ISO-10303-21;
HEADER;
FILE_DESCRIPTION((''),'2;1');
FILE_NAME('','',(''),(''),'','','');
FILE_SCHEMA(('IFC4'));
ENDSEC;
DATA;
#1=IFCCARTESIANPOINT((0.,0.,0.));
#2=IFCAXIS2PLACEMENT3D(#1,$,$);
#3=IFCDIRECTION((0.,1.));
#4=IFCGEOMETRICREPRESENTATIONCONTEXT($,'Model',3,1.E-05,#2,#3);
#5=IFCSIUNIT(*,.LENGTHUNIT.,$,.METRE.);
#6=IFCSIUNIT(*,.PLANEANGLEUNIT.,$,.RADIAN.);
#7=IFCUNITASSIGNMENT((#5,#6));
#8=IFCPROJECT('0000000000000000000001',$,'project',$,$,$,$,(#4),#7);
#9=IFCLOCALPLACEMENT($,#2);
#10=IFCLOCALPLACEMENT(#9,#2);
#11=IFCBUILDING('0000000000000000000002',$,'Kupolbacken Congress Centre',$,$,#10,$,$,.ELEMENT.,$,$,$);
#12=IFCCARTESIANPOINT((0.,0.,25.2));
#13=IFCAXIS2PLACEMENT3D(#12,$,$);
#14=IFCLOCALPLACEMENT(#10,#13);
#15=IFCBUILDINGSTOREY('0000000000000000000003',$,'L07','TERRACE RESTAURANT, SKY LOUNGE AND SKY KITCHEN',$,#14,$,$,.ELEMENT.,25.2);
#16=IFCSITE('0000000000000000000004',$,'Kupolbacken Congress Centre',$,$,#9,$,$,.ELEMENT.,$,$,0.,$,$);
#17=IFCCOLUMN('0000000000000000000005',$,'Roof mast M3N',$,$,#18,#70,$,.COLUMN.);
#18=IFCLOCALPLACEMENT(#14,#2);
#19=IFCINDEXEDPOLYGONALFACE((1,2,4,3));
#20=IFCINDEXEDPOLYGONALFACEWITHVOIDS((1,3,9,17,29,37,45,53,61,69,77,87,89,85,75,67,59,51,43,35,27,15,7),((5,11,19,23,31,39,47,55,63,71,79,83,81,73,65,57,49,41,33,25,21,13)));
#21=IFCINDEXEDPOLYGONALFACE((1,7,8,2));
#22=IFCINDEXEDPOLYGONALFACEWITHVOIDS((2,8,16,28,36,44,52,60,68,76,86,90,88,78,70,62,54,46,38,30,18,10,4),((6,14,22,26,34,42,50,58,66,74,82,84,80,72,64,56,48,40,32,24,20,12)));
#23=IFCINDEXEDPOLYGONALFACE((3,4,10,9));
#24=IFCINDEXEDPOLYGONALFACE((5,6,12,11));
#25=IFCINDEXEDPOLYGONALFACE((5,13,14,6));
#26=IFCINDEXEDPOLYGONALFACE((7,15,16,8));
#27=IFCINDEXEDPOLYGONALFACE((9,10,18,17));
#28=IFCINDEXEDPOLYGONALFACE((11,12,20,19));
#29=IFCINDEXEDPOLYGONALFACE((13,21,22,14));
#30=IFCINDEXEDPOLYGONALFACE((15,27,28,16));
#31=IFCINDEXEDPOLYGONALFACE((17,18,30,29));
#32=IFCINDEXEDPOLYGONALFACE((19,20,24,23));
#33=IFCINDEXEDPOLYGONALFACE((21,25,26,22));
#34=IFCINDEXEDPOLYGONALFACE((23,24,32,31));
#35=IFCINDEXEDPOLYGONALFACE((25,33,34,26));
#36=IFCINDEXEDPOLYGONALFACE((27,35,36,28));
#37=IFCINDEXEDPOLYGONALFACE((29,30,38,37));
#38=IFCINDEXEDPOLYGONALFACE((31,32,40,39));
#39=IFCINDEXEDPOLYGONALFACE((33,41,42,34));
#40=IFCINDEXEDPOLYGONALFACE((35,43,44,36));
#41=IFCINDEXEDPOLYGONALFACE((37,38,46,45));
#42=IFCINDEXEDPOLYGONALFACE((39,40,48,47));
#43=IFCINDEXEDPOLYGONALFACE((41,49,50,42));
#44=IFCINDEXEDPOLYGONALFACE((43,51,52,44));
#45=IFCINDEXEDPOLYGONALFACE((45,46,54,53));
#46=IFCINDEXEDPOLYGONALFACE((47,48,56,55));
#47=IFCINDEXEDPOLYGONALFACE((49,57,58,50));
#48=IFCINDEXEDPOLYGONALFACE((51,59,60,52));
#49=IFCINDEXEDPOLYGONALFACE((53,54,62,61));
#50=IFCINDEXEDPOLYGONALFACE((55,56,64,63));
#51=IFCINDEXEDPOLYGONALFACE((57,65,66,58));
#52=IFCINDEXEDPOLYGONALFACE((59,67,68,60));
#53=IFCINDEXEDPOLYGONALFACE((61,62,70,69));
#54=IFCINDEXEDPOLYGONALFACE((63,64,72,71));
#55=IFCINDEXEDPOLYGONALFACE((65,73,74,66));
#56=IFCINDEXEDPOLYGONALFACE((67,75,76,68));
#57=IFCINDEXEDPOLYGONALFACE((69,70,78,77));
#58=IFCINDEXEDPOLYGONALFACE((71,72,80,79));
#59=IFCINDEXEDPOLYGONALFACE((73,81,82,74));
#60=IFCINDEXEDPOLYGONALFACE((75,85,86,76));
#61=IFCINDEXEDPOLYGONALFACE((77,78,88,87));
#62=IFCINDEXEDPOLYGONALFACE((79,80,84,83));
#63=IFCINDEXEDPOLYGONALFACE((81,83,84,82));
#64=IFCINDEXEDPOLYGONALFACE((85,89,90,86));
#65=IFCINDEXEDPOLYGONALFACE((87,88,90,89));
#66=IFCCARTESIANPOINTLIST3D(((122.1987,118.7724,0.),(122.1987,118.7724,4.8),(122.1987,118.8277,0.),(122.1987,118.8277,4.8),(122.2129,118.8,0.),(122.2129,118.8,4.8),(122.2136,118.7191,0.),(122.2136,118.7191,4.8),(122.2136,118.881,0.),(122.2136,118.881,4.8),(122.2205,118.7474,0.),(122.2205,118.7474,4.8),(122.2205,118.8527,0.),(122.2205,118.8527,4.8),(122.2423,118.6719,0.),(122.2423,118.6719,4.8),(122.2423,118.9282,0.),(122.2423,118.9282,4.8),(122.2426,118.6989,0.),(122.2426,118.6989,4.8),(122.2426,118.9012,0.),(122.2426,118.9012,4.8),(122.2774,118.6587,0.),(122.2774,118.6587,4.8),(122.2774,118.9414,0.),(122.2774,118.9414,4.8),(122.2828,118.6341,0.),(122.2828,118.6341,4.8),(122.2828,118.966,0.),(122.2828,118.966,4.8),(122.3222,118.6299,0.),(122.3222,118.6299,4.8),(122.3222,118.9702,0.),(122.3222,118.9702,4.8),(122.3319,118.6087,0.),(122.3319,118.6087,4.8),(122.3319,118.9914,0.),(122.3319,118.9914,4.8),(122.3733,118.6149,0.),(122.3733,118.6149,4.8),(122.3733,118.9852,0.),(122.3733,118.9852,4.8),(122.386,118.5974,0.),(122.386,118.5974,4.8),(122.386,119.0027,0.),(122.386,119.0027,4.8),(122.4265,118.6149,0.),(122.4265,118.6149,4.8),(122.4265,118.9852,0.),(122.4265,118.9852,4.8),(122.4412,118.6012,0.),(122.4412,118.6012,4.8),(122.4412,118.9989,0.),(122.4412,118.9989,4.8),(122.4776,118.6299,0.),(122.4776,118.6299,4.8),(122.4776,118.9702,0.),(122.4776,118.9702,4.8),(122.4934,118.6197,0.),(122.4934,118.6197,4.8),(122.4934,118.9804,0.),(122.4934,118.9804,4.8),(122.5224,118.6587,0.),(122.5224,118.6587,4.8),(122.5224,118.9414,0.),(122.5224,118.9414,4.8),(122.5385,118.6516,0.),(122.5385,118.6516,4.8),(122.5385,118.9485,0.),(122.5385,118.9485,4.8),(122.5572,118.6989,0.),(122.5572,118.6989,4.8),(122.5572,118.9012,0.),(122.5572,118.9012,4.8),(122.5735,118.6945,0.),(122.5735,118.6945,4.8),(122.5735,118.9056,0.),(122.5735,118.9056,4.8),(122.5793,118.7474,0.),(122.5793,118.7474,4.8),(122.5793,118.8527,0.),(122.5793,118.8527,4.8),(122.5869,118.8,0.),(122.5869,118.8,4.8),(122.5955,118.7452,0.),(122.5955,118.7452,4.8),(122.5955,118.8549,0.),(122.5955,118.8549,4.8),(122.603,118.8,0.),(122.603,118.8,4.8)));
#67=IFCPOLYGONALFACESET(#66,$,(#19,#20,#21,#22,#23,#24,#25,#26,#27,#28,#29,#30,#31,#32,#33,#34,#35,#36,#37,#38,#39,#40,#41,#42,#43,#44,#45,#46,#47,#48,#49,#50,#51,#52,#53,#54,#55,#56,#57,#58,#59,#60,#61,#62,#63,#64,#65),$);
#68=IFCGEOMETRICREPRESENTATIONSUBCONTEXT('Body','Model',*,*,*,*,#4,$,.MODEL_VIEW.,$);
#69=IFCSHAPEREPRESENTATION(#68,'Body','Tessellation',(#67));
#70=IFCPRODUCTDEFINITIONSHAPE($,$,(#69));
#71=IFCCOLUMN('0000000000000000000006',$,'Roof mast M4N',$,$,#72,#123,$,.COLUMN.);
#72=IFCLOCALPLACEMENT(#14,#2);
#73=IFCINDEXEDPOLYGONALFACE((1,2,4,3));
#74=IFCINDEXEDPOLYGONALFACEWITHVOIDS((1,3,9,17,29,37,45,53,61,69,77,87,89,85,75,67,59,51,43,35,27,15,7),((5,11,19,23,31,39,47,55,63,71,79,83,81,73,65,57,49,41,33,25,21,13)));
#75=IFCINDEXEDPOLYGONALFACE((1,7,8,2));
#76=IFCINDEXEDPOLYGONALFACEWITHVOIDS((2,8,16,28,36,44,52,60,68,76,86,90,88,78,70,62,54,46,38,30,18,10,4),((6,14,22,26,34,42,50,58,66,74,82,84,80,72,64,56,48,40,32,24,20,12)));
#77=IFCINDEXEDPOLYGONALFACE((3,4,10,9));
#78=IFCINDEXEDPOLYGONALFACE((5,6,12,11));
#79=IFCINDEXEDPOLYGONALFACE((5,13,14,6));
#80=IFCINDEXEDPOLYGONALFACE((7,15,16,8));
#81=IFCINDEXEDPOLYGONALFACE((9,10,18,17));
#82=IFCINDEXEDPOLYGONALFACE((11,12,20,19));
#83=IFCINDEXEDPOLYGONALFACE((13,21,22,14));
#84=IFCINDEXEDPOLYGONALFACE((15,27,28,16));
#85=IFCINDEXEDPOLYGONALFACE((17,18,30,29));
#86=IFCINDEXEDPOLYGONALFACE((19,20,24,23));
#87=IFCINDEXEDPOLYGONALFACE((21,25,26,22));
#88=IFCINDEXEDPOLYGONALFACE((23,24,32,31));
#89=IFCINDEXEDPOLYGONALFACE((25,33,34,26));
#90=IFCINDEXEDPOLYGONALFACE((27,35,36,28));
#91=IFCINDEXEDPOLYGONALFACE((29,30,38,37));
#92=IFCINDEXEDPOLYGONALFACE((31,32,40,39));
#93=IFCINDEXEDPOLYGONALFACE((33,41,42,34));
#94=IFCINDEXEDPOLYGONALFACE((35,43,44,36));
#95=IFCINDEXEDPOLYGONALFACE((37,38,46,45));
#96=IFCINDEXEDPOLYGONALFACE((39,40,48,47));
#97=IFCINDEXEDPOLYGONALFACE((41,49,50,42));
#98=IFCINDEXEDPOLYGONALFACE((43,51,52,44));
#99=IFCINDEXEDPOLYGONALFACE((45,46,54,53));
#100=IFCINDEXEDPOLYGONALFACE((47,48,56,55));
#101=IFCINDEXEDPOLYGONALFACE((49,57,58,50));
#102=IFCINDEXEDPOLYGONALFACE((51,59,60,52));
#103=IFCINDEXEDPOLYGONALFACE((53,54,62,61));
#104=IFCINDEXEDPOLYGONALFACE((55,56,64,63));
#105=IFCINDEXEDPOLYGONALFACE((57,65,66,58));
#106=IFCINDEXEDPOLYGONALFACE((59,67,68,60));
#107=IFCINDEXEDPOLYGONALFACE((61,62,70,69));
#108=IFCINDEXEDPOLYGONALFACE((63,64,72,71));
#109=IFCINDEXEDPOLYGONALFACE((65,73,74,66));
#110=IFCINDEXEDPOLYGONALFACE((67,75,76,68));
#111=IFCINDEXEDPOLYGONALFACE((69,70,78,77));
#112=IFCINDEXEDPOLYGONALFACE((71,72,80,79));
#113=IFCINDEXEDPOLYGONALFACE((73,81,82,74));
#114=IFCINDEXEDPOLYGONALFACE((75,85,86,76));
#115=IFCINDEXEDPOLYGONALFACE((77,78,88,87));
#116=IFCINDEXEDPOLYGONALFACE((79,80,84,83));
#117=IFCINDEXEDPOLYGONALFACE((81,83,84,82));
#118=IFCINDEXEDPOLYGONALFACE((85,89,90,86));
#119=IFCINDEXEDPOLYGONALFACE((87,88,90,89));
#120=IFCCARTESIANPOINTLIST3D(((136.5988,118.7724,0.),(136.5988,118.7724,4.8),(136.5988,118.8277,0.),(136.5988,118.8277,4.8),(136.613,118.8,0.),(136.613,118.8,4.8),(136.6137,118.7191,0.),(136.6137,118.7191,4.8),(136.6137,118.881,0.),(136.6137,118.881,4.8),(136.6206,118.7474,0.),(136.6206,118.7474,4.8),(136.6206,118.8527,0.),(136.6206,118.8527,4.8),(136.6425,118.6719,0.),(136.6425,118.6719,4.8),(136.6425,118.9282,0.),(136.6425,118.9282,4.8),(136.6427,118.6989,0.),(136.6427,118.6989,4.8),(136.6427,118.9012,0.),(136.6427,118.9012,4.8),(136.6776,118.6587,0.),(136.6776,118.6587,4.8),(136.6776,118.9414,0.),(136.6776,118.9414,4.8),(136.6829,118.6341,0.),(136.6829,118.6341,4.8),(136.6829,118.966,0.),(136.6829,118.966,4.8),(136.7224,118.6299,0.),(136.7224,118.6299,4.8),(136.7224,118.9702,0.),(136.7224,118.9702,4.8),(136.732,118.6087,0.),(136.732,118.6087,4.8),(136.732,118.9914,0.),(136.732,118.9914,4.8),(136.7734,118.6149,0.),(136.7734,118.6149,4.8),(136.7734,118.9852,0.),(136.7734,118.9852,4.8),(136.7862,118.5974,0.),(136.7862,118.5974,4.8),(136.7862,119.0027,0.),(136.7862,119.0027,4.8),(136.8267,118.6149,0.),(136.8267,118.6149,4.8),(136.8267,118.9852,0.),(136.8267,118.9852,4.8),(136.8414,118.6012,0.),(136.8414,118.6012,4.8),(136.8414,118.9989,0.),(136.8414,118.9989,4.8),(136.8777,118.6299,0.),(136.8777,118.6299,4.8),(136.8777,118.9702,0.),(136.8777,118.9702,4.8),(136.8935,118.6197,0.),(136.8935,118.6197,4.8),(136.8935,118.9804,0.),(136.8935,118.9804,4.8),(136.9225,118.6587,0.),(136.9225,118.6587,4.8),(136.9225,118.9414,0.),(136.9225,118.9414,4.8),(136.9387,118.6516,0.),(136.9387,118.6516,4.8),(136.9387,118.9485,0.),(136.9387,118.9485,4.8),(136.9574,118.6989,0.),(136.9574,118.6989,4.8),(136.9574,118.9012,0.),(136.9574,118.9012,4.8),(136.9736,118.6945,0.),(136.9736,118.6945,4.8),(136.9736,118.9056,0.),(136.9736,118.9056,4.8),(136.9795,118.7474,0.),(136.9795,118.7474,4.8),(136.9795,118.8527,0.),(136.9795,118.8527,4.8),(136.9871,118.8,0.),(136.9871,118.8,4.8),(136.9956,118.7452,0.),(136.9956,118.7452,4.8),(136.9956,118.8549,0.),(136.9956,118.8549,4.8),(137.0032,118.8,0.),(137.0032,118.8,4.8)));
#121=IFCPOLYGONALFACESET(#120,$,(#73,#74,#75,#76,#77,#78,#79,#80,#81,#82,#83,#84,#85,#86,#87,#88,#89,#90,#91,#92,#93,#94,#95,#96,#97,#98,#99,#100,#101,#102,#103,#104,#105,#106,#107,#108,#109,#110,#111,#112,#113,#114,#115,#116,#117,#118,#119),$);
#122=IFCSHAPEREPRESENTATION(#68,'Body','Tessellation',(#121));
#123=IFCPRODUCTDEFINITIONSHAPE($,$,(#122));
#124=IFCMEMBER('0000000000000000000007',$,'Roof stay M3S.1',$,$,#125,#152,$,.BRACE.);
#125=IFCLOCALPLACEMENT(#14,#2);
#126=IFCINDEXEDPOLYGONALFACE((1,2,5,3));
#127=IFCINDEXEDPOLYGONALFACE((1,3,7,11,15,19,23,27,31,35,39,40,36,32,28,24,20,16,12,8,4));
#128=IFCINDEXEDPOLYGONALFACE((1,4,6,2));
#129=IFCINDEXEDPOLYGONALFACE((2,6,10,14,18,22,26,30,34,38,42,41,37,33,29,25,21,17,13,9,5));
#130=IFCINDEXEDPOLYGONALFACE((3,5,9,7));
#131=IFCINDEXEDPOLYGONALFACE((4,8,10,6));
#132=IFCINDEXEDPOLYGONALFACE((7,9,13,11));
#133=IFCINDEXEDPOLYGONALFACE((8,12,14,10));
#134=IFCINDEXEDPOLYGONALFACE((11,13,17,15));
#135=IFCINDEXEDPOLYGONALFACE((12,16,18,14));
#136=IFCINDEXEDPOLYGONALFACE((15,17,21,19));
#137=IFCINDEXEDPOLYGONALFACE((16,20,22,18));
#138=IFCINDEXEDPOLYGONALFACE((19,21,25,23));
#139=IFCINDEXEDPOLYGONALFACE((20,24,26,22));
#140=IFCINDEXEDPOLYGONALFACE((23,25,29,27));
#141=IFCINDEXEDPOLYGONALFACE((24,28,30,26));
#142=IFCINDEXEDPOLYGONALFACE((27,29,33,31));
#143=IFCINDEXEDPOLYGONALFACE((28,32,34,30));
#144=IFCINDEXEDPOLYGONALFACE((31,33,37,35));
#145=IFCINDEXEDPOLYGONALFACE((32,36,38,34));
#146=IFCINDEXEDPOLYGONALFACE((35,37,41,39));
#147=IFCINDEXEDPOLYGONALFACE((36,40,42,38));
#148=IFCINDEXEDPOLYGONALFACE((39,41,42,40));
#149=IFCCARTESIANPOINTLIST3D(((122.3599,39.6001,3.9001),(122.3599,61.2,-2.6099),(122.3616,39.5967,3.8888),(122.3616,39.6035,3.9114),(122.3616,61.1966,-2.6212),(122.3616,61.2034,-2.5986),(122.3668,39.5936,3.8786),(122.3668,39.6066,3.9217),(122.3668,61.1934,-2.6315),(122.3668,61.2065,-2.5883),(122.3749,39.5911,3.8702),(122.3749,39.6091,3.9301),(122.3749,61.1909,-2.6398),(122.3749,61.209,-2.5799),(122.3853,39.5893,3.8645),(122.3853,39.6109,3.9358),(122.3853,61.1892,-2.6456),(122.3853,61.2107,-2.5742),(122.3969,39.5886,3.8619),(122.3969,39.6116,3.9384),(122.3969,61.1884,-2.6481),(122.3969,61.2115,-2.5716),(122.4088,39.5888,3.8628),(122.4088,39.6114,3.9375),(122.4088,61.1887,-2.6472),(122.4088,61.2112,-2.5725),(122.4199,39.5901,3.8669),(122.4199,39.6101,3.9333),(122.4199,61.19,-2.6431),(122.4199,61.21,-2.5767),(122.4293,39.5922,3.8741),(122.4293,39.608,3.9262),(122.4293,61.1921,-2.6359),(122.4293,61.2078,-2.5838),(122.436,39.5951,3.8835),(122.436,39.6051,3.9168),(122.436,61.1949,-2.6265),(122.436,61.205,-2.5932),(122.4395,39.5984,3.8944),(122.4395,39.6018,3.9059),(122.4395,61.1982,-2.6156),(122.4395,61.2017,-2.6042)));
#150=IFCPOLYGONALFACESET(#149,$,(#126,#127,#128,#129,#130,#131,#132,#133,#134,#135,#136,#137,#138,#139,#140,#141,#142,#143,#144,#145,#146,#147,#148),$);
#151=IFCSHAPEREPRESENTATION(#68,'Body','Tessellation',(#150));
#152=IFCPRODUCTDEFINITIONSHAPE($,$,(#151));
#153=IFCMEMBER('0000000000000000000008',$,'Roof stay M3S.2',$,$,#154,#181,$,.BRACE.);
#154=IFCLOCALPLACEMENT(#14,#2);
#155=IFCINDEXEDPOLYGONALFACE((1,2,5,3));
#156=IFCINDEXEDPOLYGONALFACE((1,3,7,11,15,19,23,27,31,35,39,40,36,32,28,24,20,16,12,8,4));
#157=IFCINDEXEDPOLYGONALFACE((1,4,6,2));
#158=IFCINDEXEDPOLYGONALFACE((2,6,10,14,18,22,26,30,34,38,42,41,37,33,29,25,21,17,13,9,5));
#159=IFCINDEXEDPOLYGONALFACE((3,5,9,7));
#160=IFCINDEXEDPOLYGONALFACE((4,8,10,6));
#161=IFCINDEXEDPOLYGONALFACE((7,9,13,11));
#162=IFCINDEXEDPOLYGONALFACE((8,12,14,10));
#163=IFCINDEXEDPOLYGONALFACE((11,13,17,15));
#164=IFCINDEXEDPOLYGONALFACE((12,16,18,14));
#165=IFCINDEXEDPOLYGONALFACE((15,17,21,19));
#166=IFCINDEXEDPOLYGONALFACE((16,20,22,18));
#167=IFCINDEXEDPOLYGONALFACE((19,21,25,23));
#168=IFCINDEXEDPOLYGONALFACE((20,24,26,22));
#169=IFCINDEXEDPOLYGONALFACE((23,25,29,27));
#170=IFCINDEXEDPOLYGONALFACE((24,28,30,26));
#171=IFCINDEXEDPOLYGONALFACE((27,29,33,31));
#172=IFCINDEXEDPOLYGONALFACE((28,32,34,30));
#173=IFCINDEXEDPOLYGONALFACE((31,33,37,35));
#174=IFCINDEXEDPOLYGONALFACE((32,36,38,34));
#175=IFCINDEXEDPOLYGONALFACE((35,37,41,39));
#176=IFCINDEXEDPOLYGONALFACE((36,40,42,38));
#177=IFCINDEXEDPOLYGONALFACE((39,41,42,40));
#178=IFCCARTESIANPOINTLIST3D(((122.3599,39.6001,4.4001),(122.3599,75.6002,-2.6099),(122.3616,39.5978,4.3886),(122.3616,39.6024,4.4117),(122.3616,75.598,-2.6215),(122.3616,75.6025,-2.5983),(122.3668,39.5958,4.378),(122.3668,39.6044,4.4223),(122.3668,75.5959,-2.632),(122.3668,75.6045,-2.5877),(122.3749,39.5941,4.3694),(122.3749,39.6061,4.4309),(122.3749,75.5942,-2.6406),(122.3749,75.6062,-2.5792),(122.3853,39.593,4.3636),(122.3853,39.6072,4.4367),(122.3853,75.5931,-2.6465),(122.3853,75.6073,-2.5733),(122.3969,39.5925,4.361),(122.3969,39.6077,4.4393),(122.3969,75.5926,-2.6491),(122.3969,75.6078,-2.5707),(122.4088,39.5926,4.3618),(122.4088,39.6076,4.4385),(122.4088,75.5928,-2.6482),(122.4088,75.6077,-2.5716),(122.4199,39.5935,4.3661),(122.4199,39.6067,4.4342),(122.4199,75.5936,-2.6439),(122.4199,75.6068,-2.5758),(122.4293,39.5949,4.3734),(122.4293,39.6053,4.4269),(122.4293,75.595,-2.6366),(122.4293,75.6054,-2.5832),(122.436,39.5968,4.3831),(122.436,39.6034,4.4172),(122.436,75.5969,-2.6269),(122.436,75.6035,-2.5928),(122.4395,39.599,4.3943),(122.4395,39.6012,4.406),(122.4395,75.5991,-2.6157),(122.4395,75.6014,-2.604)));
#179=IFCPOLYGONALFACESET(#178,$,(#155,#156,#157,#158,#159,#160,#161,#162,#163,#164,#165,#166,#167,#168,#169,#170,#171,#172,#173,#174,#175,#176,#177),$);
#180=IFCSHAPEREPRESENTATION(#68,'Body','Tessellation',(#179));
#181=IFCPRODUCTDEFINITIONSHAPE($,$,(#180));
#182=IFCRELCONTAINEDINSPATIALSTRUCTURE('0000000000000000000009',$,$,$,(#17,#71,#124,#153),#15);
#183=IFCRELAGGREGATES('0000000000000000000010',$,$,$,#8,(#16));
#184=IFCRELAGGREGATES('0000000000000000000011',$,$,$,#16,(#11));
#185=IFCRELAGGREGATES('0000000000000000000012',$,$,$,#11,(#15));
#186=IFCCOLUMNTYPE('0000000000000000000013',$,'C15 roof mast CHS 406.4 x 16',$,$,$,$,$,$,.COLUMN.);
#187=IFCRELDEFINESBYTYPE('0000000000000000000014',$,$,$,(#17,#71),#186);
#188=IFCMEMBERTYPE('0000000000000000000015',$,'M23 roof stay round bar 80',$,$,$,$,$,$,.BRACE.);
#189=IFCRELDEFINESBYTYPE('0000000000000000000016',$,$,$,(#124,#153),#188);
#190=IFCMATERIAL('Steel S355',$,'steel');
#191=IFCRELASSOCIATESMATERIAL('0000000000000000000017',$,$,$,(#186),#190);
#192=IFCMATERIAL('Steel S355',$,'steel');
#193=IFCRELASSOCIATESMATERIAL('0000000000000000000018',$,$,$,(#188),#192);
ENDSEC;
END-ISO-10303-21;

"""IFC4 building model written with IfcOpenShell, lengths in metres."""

from ifc_helpers import new_model, si_unit, direction, frame, origin, origin_2d, place, context, subcontext, project, spatial, circle, hollow_circle, extrude, material, material_profile, profile_set, type_object, element, save


model = new_model("IFC4")

# Units and contexts
model_context = context("Model", 3, precision=1e-05, world=origin(), true_north=direction((0.0, 1.0)))
body_context = subcontext(model_context, "Body", "Model", "MODEL_VIEW")
ifc_project = project(units=[si_unit("LENGTHUNIT", "METRE"), si_unit("PLANEANGLEUNIT", "RADIAN")], contexts=[model_context])

# Site, building, storey
site_placement = place(None, origin())
site = spatial("IfcSite", under=ifc_project, at=site_placement, Name="Kupolbacken Congress Centre", CompositionType="ELEMENT", RefElevation=0.0)
building_placement = place(site_placement, origin())
building = spatial("IfcBuilding", under=site, at=building_placement, Name="Kupolbacken Congress Centre", CompositionType="ELEMENT")
storey_placement = place(building_placement, frame((0.0, 0.0, 25.2)))
storey = spatial("IfcBuildingStorey", under=building, at=storey_placement, Name="L07", Description="TERRACE RESTAURANT, SKY LOUNGE AND SKY KITCHEN", CompositionType="ELEMENT", Elevation=25.2)

# Columns
ifc_material_1 = material(Name="Steel S355", Category="steel")
ifc_material_profile_1 = material_profile(ifc_material_1, hollow_circle(Radius=0.2031, WallThickness=0.0161, at=origin_2d()), Name="CHS 406.4 x 16")
ifc_profile_set_1 = profile_set([ifc_material_profile_1], Name="Steel S355")
column_type = type_object("IfcColumnType", Name="C15 roof mast CHS 406.4 x 16", PredefinedType="COLUMN", material=ifc_profile_set_1)
for number, where, z_axis, x_axis, name in (
    (1, (122.3999, 118.8, 0.0), (0.0, 0.0, 1.0), (1.0, 0.0, 0.0), "Roof mast M3N"),
    (2, (136.8, 118.8, 0.0), (0.0, 0.0, 1.0), (1.0, 0.0, 0.0), "Roof mast M4N"),
):
    element("IfcColumn", number, at=place(storey_placement, frame(where, z_axis=z_axis, x_axis=x_axis)), inside=storey, type_object=column_type, Name=name, PredefinedType="COLUMN", context=body_context, shape_type="SweptSolid", body=[
        extrude(hollow_circle(Radius=0.2031, WallThickness=0.0161, at=origin_2d()), origin(), (0.0, 0.0, 1.0), 4.8),
    ])

# Members
ifc_material_2 = material(Name="Steel S355", Category="steel")
ifc_material_profile_2 = material_profile(ifc_material_2, circle(Radius=0.04, at=origin_2d()), Name="RB 80")
ifc_profile_set_2 = profile_set([ifc_material_profile_2], Name="Steel S355")
member_type = type_object("IfcMemberType", Name="M23 roof stay round bar 80", PredefinedType="BRACE", material=ifc_profile_set_2)
member_1_placement = place(storey_placement, frame((122.3999, 39.6001, 3.9001), z_axis=(0.0, 0.957459, -0.28857), x_axis=(-1.0, 0.0, 0.0)))
element("IfcMember", 3, at=member_1_placement, inside=storey, type_object=member_type, Name="Roof stay M3S.1", PredefinedType="BRACE", context=body_context, shape_type="SweptSolid", body=[
    extrude(circle(Radius=0.04, at=origin_2d()), origin(), (0.0, 0.0, 1.0), 22.5596),
])
member_2_placement = place(storey_placement, frame((122.3999, 39.6001, 4.4001), z_axis=(0.0, 0.981564, -0.191133), x_axis=(-1.0, 0.0, 0.0)))
element("IfcMember", 4, at=member_2_placement, inside=storey, type_object=member_type, Name="Roof stay M3S.2", PredefinedType="BRACE", context=body_context, shape_type="SweptSolid", body=[
    extrude(circle(Radius=0.04, at=origin_2d()), origin(), (0.0, 0.0, 1.0), 36.6763),
])

save(model, "model.ifc")
